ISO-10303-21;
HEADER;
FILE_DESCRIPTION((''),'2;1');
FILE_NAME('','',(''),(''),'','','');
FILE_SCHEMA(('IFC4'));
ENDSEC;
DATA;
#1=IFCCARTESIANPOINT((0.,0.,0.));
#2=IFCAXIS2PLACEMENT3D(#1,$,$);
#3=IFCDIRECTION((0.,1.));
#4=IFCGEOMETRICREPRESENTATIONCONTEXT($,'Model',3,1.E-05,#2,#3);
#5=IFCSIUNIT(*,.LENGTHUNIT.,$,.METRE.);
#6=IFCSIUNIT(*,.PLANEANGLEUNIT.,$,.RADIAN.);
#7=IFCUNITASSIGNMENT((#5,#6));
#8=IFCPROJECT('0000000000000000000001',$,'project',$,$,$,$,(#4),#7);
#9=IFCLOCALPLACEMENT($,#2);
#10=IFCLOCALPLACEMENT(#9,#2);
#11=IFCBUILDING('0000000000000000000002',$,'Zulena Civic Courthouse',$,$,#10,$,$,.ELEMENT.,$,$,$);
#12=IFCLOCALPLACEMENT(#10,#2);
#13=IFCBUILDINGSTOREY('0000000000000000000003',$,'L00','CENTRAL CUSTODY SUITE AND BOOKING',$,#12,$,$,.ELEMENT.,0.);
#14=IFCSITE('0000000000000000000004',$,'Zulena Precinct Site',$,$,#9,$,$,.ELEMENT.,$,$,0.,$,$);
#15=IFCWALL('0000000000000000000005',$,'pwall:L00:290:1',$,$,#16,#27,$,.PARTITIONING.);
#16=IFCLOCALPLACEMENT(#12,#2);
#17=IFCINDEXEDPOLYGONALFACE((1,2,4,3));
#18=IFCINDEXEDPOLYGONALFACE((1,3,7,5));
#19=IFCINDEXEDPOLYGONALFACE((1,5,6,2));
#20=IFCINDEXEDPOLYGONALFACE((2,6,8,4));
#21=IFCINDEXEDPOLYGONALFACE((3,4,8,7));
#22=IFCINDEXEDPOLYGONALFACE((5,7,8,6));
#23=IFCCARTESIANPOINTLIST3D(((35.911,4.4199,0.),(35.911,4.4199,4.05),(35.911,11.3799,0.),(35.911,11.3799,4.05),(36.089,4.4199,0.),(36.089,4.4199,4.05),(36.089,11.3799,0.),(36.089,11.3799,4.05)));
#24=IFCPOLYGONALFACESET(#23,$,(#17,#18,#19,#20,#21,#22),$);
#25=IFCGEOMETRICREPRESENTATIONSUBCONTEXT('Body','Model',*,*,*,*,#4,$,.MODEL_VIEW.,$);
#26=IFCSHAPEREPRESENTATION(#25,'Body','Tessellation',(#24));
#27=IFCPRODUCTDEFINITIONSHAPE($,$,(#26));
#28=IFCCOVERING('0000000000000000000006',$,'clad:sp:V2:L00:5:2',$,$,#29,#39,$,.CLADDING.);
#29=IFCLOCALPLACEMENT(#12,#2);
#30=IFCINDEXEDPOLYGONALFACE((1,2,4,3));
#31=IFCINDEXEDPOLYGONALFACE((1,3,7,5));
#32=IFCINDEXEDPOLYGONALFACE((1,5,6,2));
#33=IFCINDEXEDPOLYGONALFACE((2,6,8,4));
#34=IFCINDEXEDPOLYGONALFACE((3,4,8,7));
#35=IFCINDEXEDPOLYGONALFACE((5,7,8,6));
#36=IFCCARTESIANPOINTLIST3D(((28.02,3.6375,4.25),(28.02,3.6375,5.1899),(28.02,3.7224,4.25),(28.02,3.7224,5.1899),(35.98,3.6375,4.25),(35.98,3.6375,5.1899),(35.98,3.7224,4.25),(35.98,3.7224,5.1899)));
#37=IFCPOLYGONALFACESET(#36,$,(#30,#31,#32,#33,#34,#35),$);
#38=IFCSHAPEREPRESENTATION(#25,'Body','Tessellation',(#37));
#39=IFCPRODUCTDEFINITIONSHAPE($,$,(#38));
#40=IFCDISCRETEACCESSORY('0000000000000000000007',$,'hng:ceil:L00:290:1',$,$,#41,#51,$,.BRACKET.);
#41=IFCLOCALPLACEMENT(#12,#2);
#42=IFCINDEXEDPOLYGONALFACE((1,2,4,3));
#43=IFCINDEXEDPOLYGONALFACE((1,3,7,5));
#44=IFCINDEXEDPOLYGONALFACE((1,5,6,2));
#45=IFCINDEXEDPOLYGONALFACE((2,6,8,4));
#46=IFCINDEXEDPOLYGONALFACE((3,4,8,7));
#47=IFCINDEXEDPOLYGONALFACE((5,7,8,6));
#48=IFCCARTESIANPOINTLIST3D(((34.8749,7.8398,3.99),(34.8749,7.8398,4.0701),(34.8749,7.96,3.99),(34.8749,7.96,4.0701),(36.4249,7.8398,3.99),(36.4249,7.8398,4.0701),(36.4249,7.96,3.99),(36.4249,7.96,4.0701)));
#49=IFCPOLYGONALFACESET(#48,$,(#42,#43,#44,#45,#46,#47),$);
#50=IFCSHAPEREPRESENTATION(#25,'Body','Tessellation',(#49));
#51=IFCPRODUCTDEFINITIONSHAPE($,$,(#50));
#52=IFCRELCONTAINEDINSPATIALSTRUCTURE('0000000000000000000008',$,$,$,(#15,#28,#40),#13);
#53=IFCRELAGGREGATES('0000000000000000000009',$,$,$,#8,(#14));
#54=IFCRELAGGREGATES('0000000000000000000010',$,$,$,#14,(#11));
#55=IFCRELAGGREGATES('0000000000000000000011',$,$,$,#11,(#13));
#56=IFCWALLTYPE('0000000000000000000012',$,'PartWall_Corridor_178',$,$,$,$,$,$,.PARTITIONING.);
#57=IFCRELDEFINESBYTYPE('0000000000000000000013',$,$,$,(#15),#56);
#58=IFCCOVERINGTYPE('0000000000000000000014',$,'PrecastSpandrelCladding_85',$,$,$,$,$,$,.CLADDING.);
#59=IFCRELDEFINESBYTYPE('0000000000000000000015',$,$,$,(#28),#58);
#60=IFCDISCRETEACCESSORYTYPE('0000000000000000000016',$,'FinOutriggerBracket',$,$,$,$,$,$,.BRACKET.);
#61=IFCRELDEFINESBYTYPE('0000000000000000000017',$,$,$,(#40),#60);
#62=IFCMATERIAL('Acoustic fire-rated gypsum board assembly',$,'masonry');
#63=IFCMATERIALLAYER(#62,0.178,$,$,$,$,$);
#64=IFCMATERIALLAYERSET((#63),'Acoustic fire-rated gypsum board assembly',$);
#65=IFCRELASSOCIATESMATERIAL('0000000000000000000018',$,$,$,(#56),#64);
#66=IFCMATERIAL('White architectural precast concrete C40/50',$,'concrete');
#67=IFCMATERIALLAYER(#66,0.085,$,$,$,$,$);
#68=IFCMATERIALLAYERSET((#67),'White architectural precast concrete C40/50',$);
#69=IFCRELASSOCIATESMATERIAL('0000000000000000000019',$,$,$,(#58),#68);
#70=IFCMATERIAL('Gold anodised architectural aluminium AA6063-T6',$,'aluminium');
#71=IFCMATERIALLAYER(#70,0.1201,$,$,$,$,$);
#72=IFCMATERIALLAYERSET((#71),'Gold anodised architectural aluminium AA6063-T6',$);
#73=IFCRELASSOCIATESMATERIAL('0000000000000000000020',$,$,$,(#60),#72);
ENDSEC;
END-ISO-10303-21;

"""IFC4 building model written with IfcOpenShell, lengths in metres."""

from ifc_helpers import new_model, si_unit, direction, frame, frame_2d, origin, origin_2d, place, context, subcontext, project, spatial, rectangle, extrude, material, layer, layer_set, type_object, element, save


model = new_model("IFC4")

# Units and contexts
model_context = context("Model", 3, precision=1e-05, world=origin(), true_north=direction((0.0, 1.0)))
body_context = subcontext(model_context, "Body", "Model", "MODEL_VIEW")
ifc_project = project(units=[si_unit("LENGTHUNIT", "METRE"), si_unit("PLANEANGLEUNIT", "RADIAN")], contexts=[model_context])

# Site, building, storey
site_placement = place(None, origin())
site = spatial("IfcSite", under=ifc_project, at=site_placement, Name="Zulena Precinct Site", CompositionType="ELEMENT", RefElevation=0.0)
building_placement = place(site_placement, origin())
building = spatial("IfcBuilding", under=site, at=building_placement, Name="Zulena Civic Courthouse", CompositionType="ELEMENT")
storey_placement = place(building_placement, origin())
storey = spatial("IfcBuildingStorey", under=building, at=storey_placement, Name="L00", Description="CENTRAL CUSTODY SUITE AND BOOKING", CompositionType="ELEMENT", Elevation=0.0)

# Shared definitions
ifc_material_1 = material(Name="White architectural precast concrete C40/50", Category="concrete")

# Wall
ifc_material_2 = material(Name="Acoustic fire-rated gypsum board assembly", Category="masonry")
ifc_layer_1 = layer(ifc_material_2, 0.178)
ifc_layer_set_1 = layer_set([ifc_layer_1], Name="Acoustic fire-rated gypsum board assembly")
wall_type_1 = type_object("IfcWallType", Name="PartWall_Corridor_178", PredefinedType="PARTITIONING", material=ifc_layer_set_1)
wall_1_placement = place(storey_placement, frame((36.0, 4.4199, 0.0), z_axis=(0.0, 0.0, 1.0), x_axis=(0.0, 1.0, 0.0)))
element("IfcWall", 1, at=wall_1_placement, inside=storey, type_object=wall_type_1, Name="pwall:L00:290:1", PredefinedType="PARTITIONING", context=body_context, shape_type="SweptSolid", body=[
    extrude(rectangle(XDim=6.96, YDim=0.178, at=frame_2d((3.48, 0.0))), origin(), (0.0, 0.0, 1.0), 4.05),
])

# Covering
ifc_layer_2 = layer(ifc_material_1, 0.085)
ifc_layer_set_2 = layer_set([ifc_layer_2], Name="White architectural precast concrete C40/50")
covering_type = type_object("IfcCoveringType", Name="PrecastSpandrelCladding_85", PredefinedType="CLADDING", material=ifc_layer_set_2)
covering_placement = place(storey_placement, frame((32.0, 3.6799, 4.25), z_axis=(0.0, 0.0, 1.0), x_axis=(-1.0, 0.0, 0.0)))
element("IfcCovering", 2, at=covering_placement, inside=storey, type_object=covering_type, Name="clad:sp:V2:L00:5:2", PredefinedType="CLADDING", context=body_context, shape_type="SweptSolid", body=[
    extrude(rectangle(XDim=7.96, YDim=0.085, at=origin_2d()), origin(), (0.0, 0.0, 1.0), 0.9399),
])

# Discrete accessory
ifc_material_3 = material(Name="Gold anodised architectural aluminium AA6063-T6", Category="aluminium")
ifc_layer_3 = layer(ifc_material_3, 0.1201)
ifc_layer_set_3 = layer_set([ifc_layer_3], Name="Gold anodised architectural aluminium AA6063-T6")
discrete_accessory_type = type_object("IfcDiscreteAccessoryType", Name="FinOutriggerBracket", PredefinedType="BRACKET", material=ifc_layer_set_3)
discrete_accessory_placement = place(storey_placement, frame((35.6499, 7.8999, 3.99), z_axis=(0.0, 0.0, 1.0), x_axis=(1.0, 0.0, 0.0)))
element("IfcDiscreteAccessory", 3, at=discrete_accessory_placement, inside=storey, type_object=discrete_accessory_type, Name="hng:ceil:L00:290:1", PredefinedType="BRACKET", context=body_context, shape_type="SweptSolid", body=[
    extrude(rectangle(XDim=1.55, YDim=0.1201, at=origin_2d()), origin(), (0.0, 0.0, 1.0), 0.0801),
])

save(model, "model.ifc")
